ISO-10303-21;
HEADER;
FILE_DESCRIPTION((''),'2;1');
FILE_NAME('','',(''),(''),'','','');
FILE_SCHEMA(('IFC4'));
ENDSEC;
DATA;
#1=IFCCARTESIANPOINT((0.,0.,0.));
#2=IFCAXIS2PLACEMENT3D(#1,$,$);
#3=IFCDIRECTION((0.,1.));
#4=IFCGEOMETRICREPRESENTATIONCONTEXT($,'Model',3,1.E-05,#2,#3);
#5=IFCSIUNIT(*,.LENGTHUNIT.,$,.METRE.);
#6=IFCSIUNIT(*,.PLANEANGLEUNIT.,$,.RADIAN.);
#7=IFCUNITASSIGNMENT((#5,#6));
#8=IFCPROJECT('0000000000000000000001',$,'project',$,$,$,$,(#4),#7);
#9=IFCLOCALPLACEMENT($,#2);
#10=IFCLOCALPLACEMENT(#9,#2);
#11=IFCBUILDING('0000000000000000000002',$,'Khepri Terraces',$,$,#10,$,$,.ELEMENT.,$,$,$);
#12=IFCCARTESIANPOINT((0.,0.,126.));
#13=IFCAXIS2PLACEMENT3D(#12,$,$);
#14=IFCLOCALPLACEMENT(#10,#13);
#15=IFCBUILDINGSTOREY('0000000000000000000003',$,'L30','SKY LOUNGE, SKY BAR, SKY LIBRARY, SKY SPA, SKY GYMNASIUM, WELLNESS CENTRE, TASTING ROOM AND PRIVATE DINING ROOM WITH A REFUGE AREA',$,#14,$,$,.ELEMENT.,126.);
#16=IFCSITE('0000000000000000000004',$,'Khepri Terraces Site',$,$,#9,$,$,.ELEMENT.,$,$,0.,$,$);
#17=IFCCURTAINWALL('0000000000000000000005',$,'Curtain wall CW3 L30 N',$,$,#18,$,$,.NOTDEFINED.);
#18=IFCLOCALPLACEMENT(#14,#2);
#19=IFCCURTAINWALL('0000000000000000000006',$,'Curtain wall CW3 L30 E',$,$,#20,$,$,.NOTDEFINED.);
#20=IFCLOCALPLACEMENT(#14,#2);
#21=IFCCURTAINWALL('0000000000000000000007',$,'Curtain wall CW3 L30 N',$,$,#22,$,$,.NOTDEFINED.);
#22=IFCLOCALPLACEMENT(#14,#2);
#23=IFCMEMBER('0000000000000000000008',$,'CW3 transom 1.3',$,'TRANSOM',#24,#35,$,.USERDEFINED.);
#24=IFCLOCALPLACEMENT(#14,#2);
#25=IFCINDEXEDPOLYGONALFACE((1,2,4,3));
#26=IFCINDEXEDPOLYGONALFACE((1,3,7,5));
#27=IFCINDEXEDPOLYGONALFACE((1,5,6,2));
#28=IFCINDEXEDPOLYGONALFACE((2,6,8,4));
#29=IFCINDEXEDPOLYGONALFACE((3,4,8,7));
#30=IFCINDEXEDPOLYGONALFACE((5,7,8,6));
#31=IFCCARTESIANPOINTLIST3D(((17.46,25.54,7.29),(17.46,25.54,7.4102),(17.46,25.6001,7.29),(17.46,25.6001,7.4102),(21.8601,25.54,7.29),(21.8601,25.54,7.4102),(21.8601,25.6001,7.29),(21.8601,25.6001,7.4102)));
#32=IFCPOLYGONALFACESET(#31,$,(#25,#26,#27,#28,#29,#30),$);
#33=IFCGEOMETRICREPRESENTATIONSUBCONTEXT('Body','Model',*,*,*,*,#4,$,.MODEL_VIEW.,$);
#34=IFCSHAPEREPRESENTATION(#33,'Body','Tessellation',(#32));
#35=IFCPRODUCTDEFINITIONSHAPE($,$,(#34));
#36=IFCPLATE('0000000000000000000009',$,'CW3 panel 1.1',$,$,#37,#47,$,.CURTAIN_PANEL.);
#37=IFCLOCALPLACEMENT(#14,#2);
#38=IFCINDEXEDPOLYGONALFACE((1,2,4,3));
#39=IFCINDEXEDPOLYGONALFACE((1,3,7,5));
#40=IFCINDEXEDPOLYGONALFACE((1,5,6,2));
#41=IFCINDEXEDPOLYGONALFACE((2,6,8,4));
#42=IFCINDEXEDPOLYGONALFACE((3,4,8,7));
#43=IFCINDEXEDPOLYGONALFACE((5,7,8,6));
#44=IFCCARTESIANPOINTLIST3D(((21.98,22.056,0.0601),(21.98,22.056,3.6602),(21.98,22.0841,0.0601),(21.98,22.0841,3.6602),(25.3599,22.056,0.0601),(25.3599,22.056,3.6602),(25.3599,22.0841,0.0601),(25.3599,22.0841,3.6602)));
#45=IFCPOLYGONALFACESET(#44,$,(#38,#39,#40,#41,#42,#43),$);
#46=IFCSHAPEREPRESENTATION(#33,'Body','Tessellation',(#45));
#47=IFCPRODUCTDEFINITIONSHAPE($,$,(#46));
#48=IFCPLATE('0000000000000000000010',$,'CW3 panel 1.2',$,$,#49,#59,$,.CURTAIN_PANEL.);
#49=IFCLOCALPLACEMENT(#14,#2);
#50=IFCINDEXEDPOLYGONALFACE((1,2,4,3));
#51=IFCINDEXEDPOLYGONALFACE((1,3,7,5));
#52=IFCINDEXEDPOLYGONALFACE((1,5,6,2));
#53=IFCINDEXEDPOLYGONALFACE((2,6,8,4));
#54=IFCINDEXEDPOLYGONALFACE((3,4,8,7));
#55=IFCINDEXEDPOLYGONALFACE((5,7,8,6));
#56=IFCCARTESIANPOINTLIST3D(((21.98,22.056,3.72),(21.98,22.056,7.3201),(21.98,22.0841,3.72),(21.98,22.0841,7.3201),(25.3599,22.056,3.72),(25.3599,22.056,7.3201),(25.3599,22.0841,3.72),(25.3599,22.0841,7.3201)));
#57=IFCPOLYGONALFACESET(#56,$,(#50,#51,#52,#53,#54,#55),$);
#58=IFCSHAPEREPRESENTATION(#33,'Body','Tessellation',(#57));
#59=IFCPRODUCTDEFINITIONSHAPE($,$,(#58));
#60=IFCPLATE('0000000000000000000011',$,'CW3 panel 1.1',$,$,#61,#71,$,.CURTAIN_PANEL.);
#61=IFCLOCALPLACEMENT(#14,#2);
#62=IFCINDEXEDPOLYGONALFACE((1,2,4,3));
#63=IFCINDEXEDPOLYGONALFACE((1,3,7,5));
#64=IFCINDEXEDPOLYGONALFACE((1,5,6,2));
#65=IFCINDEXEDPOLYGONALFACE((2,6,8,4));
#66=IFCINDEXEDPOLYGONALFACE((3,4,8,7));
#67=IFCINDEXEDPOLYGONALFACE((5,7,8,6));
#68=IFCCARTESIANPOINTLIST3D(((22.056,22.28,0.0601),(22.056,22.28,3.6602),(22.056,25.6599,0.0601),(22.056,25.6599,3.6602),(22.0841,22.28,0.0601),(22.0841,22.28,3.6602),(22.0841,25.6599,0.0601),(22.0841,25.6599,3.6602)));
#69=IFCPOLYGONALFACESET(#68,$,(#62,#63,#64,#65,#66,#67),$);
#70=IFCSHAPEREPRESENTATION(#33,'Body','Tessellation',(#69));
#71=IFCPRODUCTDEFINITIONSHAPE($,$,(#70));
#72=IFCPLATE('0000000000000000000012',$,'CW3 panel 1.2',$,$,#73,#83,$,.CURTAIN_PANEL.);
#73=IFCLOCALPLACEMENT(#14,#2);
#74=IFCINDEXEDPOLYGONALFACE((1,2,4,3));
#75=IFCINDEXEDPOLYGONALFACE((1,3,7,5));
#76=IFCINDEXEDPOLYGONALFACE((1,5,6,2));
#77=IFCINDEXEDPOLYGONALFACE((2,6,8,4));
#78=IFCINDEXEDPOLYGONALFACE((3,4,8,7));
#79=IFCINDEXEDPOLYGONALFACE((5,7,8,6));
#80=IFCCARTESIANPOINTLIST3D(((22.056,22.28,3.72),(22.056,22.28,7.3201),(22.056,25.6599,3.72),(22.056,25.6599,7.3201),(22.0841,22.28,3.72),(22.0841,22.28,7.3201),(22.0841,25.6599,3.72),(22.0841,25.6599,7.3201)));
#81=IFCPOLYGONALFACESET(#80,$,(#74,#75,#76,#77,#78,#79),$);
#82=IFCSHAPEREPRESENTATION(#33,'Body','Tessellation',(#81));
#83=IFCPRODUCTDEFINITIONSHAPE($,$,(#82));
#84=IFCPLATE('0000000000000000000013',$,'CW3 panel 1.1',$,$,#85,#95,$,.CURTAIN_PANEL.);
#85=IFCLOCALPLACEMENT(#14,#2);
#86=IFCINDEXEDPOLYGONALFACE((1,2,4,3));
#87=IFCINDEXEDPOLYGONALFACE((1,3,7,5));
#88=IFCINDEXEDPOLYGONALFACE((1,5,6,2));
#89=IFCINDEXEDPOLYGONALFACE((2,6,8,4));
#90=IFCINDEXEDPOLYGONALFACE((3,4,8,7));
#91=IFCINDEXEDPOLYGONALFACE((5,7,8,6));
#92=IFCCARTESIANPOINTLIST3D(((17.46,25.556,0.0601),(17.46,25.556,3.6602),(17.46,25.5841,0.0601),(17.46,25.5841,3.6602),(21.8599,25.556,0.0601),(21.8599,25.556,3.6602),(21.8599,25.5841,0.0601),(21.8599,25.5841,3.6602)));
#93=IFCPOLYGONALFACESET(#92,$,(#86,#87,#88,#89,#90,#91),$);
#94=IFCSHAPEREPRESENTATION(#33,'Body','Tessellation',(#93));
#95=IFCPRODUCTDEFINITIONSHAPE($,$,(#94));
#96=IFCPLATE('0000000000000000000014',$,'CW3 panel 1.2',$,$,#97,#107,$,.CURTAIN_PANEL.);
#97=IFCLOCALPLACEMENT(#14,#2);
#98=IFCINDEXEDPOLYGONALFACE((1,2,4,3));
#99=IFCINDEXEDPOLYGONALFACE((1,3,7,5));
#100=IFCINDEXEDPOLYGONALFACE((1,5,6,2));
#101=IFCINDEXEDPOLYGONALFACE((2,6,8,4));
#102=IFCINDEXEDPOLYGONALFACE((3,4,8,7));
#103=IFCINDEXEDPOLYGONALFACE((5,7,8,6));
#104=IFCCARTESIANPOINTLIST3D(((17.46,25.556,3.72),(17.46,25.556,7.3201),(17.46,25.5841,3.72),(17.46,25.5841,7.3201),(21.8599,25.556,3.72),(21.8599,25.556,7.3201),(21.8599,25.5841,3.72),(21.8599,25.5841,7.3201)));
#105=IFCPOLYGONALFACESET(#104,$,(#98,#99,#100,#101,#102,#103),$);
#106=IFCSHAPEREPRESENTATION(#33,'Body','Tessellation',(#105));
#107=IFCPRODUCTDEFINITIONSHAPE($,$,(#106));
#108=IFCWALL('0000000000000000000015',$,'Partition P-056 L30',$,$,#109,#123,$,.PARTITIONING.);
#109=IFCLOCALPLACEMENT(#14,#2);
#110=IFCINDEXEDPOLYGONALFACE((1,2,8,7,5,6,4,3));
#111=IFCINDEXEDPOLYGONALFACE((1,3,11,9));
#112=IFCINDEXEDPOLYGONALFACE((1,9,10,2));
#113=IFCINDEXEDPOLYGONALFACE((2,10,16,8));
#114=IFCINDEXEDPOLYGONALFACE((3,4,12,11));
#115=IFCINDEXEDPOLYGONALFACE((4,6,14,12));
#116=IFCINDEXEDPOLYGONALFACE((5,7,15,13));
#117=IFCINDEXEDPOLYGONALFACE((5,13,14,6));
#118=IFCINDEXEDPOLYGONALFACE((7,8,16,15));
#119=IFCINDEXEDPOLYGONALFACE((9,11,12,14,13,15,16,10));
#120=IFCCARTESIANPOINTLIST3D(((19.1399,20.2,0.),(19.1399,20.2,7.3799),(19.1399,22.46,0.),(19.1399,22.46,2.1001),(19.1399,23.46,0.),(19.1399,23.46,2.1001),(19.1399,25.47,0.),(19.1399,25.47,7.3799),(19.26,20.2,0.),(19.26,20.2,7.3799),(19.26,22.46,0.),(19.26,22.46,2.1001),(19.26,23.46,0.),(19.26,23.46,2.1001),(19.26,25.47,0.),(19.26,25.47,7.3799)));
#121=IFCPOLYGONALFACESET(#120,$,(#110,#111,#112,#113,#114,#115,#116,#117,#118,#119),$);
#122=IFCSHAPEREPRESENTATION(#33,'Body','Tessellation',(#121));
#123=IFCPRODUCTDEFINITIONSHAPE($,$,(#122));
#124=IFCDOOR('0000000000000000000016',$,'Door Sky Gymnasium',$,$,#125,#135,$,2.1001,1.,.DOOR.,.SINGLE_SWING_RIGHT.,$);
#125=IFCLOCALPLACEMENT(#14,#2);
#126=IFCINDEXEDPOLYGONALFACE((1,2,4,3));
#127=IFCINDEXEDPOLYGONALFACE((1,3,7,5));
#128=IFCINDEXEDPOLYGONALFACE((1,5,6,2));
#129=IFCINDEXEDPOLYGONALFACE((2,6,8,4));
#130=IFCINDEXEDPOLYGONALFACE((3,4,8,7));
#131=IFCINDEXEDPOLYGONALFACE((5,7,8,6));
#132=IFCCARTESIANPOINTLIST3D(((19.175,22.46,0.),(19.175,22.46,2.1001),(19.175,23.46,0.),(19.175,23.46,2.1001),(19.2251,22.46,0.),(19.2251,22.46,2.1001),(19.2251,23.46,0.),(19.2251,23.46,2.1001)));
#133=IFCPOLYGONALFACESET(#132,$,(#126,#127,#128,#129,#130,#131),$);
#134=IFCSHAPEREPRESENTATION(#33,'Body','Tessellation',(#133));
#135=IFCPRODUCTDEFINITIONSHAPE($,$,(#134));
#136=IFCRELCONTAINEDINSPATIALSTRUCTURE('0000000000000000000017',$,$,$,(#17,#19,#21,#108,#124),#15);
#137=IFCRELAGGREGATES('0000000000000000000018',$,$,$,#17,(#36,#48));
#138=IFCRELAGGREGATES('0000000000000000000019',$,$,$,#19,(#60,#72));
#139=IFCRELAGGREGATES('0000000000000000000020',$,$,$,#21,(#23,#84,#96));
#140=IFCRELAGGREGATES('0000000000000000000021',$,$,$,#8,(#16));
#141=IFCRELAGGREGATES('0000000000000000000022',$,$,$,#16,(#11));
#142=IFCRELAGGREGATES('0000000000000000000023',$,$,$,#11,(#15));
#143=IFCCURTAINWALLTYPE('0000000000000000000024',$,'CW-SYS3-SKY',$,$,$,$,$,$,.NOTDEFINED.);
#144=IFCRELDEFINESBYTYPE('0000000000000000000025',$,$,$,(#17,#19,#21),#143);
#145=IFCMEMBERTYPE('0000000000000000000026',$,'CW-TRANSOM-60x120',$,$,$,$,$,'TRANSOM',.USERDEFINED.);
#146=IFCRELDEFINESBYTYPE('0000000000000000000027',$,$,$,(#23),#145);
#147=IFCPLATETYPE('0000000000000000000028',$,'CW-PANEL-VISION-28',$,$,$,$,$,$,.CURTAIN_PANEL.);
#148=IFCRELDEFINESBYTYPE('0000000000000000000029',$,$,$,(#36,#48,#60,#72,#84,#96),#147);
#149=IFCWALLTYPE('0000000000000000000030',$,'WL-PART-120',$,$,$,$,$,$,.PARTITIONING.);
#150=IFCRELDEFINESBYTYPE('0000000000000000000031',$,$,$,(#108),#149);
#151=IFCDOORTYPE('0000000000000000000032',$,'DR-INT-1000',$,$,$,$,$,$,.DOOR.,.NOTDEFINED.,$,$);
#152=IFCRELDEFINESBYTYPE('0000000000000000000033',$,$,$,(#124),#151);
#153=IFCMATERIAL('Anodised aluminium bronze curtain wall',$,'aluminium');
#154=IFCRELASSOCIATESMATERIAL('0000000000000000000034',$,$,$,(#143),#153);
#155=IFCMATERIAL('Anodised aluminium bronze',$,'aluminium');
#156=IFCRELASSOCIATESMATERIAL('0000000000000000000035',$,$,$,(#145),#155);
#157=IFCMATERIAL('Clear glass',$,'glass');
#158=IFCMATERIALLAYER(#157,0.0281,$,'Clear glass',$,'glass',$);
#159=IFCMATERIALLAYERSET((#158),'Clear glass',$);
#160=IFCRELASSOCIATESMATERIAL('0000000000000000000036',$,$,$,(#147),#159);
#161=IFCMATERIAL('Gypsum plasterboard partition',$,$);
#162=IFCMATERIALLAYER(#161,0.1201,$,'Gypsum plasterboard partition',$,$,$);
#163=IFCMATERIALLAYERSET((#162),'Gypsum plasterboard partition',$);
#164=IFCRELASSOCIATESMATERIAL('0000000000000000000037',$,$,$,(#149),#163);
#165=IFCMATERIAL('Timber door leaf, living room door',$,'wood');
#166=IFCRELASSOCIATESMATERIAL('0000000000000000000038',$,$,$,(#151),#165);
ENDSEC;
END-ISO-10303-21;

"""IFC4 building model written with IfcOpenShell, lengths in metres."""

from ifc_helpers import new_model, si_unit, direction, frame, frame_2d, origin, origin_2d, place, context, subcontext, project, spatial, rectangle, extrude, material, layer, layer_set, material_profile, profile_set, type_object, element, fill, aggregate, save


model = new_model("IFC4")

# Units and contexts
model_context = context("Model", 3, precision=1e-05, world=origin(), true_north=direction((0.0, 1.0)))
body_context = subcontext(model_context, "Body", "Model", "MODEL_VIEW")
ifc_project = project(units=[si_unit("LENGTHUNIT", "METRE"), si_unit("PLANEANGLEUNIT", "RADIAN")], contexts=[model_context])

# Site, building, storey
site_placement = place(None, origin())
site = spatial("IfcSite", under=ifc_project, at=site_placement, Name="Khepri Terraces Site", CompositionType="ELEMENT", RefElevation=0.0)
building_placement = place(site_placement, origin())
building = spatial("IfcBuilding", under=site, at=building_placement, Name="Khepri Terraces", CompositionType="ELEMENT")
storey_placement = place(building_placement, frame((0.0, 0.0, 126.0)))
storey = spatial("IfcBuildingStorey", under=building, at=storey_placement, Name="L30", Description="SKY LOUNGE, SKY BAR, SKY LIBRARY, SKY SPA, SKY GYMNASIUM, WELLNESS CENTRE, TASTING ROOM AND PRIVATE DINING ROOM WITH A REFUGE AREA", CompositionType="ELEMENT", Elevation=126.0)

# Shared definitions
ifc_material_1 = material(Name="Anodised aluminium bronze curtain wall", Category="aluminium")
curtain_wall_type = type_object("IfcCurtainWallType", Name="CW-SYS3-SKY", PredefinedType="NOTDEFINED", material=ifc_material_1)
ifc_material_2 = material(Name="Anodised aluminium bronze", Category="aluminium")

# Curtain walls
curtain_wall_1_placement = place(storey_placement, origin())
curtain_wall_1 = element("IfcCurtainWall", 1, at=curtain_wall_1_placement, inside=storey, type_object=curtain_wall_type, Name="Curtain wall CW3 L30 N", PredefinedType="NOTDEFINED")
curtain_wall_2_placement = place(storey_placement, origin())
curtain_wall_2 = element("IfcCurtainWall", 2, at=curtain_wall_2_placement, inside=storey, type_object=curtain_wall_type, Name="Curtain wall CW3 L30 E", PredefinedType="NOTDEFINED")
curtain_wall_3_placement = place(storey_placement, origin())
curtain_wall_3 = element("IfcCurtainWall", 3, at=curtain_wall_3_placement, inside=storey, type_object=curtain_wall_type, Name="Curtain wall CW3 L30 N", PredefinedType="NOTDEFINED")

# Member
ifc_material_profile_1 = material_profile(ifc_material_2, rectangle(XDim=0.0601, YDim=0.1201, at=origin_2d()), Name="Anodised aluminium bronze", Category="aluminium")
ifc_profile_set_1 = profile_set([ifc_material_profile_1], Name="Anodised aluminium bronze")
member_type_1 = type_object("IfcMemberType", Name="CW-TRANSOM-60x120", ElementType="TRANSOM", PredefinedType="USERDEFINED", material=ifc_profile_set_1)
member_1_placement = place(storey_placement, frame((21.8601, 25.5701, 7.3501), z_axis=(-1.0, 0.0, 0.0), x_axis=(0.0, -1.0, 0.0)))
member_1 = element("IfcMember", 4, at=member_1_placement, type_object=member_type_1, Name="CW3 transom 1.3", ObjectType="TRANSOM", PredefinedType="USERDEFINED", context=body_context, shape_type="SweptSolid", body=[
    extrude(rectangle(XDim=0.0601, YDim=0.1201, at=origin_2d()), origin(), (0.0, 0.0, 1.0), 4.4001),
])

# Plates
ifc_material_3 = material(Name="Clear glass", Category="glass")
ifc_layer_1 = layer(ifc_material_3, 0.0281, Name="Clear glass", Category="glass")
ifc_layer_set_1 = layer_set([ifc_layer_1], Name="Clear glass")
plate_type = type_object("IfcPlateType", Name="CW-PANEL-VISION-28", PredefinedType="CURTAIN_PANEL", material=ifc_layer_set_1)
plate_1_placement = place(storey_placement, frame((23.6699, 22.0701, 0.0601), z_axis=(0.0, 0.0, 1.0), x_axis=(-1.0, 0.0, 0.0)))
plate_1 = element("IfcPlate", 5, at=plate_1_placement, type_object=plate_type, Name="CW3 panel 1.1", PredefinedType="CURTAIN_PANEL", context=body_context, shape_type="SweptSolid", body=[
    extrude(rectangle(XDim=3.3799, YDim=0.0281, at=origin_2d()), origin(), (0.0, 0.0, 1.0), 3.6001),
])
plate_2_placement = place(storey_placement, frame((23.6699, 22.0701, 3.72), z_axis=(0.0, 0.0, 1.0), x_axis=(-1.0, 0.0, 0.0)))
plate_2 = element("IfcPlate", 6, at=plate_2_placement, type_object=plate_type, Name="CW3 panel 1.2", PredefinedType="CURTAIN_PANEL", context=body_context, shape_type="SweptSolid", body=[
    extrude(rectangle(XDim=3.3799, YDim=0.0281, at=origin_2d()), origin(), (0.0, 0.0, 1.0), 3.6001),
])
aggregate(curtain_wall_1, [plate_1, plate_2])
plate_3_placement = place(storey_placement, frame((22.0701, 23.97, 0.0601), z_axis=(0.0, 0.0, 1.0), x_axis=(0.0, 1.0, 0.0)))
plate_3 = element("IfcPlate", 7, at=plate_3_placement, type_object=plate_type, Name="CW3 panel 1.1", PredefinedType="CURTAIN_PANEL", context=body_context, shape_type="SweptSolid", body=[
    extrude(rectangle(XDim=3.3799, YDim=0.0281, at=origin_2d()), origin(), (0.0, 0.0, 1.0), 3.6001),
])
plate_4_placement = place(storey_placement, frame((22.0701, 23.97, 3.72), z_axis=(0.0, 0.0, 1.0), x_axis=(0.0, 1.0, 0.0)))
plate_4 = element("IfcPlate", 8, at=plate_4_placement, type_object=plate_type, Name="CW3 panel 1.2", PredefinedType="CURTAIN_PANEL", context=body_context, shape_type="SweptSolid", body=[
    extrude(rectangle(XDim=3.3799, YDim=0.0281, at=origin_2d()), origin(), (0.0, 0.0, 1.0), 3.6001),
])
aggregate(curtain_wall_2, [plate_3, plate_4])
plate_5_placement = place(storey_placement, frame((19.6599, 25.5701, 0.0601), z_axis=(0.0, 0.0, 1.0), x_axis=(-1.0, 0.0, 0.0)))
plate_5 = element("IfcPlate", 9, at=plate_5_placement, type_object=plate_type, Name="CW3 panel 1.1", PredefinedType="CURTAIN_PANEL", context=body_context, shape_type="SweptSolid", body=[
    extrude(rectangle(XDim=4.3999, YDim=0.0281, at=origin_2d()), origin(), (0.0, 0.0, 1.0), 3.6001),
])
plate_6_placement = place(storey_placement, frame((19.6599, 25.5701, 3.72), z_axis=(0.0, 0.0, 1.0), x_axis=(-1.0, 0.0, 0.0)))
plate_6 = element("IfcPlate", 10, at=plate_6_placement, type_object=plate_type, Name="CW3 panel 1.2", PredefinedType="CURTAIN_PANEL", context=body_context, shape_type="SweptSolid", body=[
    extrude(rectangle(XDim=4.3999, YDim=0.0281, at=origin_2d()), origin(), (0.0, 0.0, 1.0), 3.6001),
])
aggregate(curtain_wall_3, [member_1, plate_5, plate_6])

# Wall, opening, door
ifc_material_4 = material(Name="Gypsum plasterboard partition")
ifc_layer_2 = layer(ifc_material_4, 0.1201, Name="Gypsum plasterboard partition")
ifc_layer_set_2 = layer_set([ifc_layer_2], Name="Gypsum plasterboard partition")
wall_type = type_object("IfcWallType", Name="WL-PART-120", PredefinedType="PARTITIONING", material=ifc_layer_set_2)
wall_placement = place(storey_placement, frame((19.2, 20.2, 0.0), z_axis=(0.0, 0.0, 1.0), x_axis=(0.0, 1.0, 0.0)))
wall = element("IfcWall", 11, at=wall_placement, inside=storey, type_object=wall_type, Name="Partition P-056 L30", PredefinedType="PARTITIONING", context=body_context, shape_type="SweptSolid", body=[
    extrude(rectangle(XDim=5.27, YDim=0.1201, at=frame_2d((2.635, 0.0))), origin(), (0.0, 0.0, 1.0), 7.3799),
])
opening_placement = place(wall_placement, frame((2.26, 0.0, 0.0)))
opening = element("IfcOpeningElement", 12, at=opening_placement, cuts=wall, PredefinedType="OPENING", context=body_context, shape_type="SweptSolid", body=[
    extrude(rectangle(XDim=1.0, YDim=2.1001, at=frame_2d((0.5, 1.05))), frame((0.0, 0.0701, 0.0), z_axis=(0.0, -1.0, 0.0), x_axis=(1.0, 0.0, 0.0)), (0.0, 0.0, 1.0), 0.1401),
])
ifc_material_5 = material(Name="Timber door leaf, living room door", Category="wood")
door_type = type_object("IfcDoorType", Name="DR-INT-1000", OperationType="NOTDEFINED", PredefinedType="DOOR", material=ifc_material_5)
door_placement = place(opening_placement, origin())
door = element("IfcDoor", 13, at=door_placement, inside=storey, type_object=door_type, Name="Door Sky Gymnasium", OperationType="SINGLE_SWING_RIGHT", OverallHeight=2.1001, OverallWidth=1.0, PredefinedType="DOOR", context=body_context, shape_type="SweptSolid", body=[
    extrude(rectangle(XDim=1.0, YDim=2.1001, at=frame_2d((0.5, 1.05))), frame((0.0, 0.0249, 0.0), z_axis=(0.0, -1.0, 0.0), x_axis=(1.0, 0.0, 0.0)), (0.0, 0.0, 1.0), 0.05),
])
fill(opening, door)

save(model, "model.ifc")
